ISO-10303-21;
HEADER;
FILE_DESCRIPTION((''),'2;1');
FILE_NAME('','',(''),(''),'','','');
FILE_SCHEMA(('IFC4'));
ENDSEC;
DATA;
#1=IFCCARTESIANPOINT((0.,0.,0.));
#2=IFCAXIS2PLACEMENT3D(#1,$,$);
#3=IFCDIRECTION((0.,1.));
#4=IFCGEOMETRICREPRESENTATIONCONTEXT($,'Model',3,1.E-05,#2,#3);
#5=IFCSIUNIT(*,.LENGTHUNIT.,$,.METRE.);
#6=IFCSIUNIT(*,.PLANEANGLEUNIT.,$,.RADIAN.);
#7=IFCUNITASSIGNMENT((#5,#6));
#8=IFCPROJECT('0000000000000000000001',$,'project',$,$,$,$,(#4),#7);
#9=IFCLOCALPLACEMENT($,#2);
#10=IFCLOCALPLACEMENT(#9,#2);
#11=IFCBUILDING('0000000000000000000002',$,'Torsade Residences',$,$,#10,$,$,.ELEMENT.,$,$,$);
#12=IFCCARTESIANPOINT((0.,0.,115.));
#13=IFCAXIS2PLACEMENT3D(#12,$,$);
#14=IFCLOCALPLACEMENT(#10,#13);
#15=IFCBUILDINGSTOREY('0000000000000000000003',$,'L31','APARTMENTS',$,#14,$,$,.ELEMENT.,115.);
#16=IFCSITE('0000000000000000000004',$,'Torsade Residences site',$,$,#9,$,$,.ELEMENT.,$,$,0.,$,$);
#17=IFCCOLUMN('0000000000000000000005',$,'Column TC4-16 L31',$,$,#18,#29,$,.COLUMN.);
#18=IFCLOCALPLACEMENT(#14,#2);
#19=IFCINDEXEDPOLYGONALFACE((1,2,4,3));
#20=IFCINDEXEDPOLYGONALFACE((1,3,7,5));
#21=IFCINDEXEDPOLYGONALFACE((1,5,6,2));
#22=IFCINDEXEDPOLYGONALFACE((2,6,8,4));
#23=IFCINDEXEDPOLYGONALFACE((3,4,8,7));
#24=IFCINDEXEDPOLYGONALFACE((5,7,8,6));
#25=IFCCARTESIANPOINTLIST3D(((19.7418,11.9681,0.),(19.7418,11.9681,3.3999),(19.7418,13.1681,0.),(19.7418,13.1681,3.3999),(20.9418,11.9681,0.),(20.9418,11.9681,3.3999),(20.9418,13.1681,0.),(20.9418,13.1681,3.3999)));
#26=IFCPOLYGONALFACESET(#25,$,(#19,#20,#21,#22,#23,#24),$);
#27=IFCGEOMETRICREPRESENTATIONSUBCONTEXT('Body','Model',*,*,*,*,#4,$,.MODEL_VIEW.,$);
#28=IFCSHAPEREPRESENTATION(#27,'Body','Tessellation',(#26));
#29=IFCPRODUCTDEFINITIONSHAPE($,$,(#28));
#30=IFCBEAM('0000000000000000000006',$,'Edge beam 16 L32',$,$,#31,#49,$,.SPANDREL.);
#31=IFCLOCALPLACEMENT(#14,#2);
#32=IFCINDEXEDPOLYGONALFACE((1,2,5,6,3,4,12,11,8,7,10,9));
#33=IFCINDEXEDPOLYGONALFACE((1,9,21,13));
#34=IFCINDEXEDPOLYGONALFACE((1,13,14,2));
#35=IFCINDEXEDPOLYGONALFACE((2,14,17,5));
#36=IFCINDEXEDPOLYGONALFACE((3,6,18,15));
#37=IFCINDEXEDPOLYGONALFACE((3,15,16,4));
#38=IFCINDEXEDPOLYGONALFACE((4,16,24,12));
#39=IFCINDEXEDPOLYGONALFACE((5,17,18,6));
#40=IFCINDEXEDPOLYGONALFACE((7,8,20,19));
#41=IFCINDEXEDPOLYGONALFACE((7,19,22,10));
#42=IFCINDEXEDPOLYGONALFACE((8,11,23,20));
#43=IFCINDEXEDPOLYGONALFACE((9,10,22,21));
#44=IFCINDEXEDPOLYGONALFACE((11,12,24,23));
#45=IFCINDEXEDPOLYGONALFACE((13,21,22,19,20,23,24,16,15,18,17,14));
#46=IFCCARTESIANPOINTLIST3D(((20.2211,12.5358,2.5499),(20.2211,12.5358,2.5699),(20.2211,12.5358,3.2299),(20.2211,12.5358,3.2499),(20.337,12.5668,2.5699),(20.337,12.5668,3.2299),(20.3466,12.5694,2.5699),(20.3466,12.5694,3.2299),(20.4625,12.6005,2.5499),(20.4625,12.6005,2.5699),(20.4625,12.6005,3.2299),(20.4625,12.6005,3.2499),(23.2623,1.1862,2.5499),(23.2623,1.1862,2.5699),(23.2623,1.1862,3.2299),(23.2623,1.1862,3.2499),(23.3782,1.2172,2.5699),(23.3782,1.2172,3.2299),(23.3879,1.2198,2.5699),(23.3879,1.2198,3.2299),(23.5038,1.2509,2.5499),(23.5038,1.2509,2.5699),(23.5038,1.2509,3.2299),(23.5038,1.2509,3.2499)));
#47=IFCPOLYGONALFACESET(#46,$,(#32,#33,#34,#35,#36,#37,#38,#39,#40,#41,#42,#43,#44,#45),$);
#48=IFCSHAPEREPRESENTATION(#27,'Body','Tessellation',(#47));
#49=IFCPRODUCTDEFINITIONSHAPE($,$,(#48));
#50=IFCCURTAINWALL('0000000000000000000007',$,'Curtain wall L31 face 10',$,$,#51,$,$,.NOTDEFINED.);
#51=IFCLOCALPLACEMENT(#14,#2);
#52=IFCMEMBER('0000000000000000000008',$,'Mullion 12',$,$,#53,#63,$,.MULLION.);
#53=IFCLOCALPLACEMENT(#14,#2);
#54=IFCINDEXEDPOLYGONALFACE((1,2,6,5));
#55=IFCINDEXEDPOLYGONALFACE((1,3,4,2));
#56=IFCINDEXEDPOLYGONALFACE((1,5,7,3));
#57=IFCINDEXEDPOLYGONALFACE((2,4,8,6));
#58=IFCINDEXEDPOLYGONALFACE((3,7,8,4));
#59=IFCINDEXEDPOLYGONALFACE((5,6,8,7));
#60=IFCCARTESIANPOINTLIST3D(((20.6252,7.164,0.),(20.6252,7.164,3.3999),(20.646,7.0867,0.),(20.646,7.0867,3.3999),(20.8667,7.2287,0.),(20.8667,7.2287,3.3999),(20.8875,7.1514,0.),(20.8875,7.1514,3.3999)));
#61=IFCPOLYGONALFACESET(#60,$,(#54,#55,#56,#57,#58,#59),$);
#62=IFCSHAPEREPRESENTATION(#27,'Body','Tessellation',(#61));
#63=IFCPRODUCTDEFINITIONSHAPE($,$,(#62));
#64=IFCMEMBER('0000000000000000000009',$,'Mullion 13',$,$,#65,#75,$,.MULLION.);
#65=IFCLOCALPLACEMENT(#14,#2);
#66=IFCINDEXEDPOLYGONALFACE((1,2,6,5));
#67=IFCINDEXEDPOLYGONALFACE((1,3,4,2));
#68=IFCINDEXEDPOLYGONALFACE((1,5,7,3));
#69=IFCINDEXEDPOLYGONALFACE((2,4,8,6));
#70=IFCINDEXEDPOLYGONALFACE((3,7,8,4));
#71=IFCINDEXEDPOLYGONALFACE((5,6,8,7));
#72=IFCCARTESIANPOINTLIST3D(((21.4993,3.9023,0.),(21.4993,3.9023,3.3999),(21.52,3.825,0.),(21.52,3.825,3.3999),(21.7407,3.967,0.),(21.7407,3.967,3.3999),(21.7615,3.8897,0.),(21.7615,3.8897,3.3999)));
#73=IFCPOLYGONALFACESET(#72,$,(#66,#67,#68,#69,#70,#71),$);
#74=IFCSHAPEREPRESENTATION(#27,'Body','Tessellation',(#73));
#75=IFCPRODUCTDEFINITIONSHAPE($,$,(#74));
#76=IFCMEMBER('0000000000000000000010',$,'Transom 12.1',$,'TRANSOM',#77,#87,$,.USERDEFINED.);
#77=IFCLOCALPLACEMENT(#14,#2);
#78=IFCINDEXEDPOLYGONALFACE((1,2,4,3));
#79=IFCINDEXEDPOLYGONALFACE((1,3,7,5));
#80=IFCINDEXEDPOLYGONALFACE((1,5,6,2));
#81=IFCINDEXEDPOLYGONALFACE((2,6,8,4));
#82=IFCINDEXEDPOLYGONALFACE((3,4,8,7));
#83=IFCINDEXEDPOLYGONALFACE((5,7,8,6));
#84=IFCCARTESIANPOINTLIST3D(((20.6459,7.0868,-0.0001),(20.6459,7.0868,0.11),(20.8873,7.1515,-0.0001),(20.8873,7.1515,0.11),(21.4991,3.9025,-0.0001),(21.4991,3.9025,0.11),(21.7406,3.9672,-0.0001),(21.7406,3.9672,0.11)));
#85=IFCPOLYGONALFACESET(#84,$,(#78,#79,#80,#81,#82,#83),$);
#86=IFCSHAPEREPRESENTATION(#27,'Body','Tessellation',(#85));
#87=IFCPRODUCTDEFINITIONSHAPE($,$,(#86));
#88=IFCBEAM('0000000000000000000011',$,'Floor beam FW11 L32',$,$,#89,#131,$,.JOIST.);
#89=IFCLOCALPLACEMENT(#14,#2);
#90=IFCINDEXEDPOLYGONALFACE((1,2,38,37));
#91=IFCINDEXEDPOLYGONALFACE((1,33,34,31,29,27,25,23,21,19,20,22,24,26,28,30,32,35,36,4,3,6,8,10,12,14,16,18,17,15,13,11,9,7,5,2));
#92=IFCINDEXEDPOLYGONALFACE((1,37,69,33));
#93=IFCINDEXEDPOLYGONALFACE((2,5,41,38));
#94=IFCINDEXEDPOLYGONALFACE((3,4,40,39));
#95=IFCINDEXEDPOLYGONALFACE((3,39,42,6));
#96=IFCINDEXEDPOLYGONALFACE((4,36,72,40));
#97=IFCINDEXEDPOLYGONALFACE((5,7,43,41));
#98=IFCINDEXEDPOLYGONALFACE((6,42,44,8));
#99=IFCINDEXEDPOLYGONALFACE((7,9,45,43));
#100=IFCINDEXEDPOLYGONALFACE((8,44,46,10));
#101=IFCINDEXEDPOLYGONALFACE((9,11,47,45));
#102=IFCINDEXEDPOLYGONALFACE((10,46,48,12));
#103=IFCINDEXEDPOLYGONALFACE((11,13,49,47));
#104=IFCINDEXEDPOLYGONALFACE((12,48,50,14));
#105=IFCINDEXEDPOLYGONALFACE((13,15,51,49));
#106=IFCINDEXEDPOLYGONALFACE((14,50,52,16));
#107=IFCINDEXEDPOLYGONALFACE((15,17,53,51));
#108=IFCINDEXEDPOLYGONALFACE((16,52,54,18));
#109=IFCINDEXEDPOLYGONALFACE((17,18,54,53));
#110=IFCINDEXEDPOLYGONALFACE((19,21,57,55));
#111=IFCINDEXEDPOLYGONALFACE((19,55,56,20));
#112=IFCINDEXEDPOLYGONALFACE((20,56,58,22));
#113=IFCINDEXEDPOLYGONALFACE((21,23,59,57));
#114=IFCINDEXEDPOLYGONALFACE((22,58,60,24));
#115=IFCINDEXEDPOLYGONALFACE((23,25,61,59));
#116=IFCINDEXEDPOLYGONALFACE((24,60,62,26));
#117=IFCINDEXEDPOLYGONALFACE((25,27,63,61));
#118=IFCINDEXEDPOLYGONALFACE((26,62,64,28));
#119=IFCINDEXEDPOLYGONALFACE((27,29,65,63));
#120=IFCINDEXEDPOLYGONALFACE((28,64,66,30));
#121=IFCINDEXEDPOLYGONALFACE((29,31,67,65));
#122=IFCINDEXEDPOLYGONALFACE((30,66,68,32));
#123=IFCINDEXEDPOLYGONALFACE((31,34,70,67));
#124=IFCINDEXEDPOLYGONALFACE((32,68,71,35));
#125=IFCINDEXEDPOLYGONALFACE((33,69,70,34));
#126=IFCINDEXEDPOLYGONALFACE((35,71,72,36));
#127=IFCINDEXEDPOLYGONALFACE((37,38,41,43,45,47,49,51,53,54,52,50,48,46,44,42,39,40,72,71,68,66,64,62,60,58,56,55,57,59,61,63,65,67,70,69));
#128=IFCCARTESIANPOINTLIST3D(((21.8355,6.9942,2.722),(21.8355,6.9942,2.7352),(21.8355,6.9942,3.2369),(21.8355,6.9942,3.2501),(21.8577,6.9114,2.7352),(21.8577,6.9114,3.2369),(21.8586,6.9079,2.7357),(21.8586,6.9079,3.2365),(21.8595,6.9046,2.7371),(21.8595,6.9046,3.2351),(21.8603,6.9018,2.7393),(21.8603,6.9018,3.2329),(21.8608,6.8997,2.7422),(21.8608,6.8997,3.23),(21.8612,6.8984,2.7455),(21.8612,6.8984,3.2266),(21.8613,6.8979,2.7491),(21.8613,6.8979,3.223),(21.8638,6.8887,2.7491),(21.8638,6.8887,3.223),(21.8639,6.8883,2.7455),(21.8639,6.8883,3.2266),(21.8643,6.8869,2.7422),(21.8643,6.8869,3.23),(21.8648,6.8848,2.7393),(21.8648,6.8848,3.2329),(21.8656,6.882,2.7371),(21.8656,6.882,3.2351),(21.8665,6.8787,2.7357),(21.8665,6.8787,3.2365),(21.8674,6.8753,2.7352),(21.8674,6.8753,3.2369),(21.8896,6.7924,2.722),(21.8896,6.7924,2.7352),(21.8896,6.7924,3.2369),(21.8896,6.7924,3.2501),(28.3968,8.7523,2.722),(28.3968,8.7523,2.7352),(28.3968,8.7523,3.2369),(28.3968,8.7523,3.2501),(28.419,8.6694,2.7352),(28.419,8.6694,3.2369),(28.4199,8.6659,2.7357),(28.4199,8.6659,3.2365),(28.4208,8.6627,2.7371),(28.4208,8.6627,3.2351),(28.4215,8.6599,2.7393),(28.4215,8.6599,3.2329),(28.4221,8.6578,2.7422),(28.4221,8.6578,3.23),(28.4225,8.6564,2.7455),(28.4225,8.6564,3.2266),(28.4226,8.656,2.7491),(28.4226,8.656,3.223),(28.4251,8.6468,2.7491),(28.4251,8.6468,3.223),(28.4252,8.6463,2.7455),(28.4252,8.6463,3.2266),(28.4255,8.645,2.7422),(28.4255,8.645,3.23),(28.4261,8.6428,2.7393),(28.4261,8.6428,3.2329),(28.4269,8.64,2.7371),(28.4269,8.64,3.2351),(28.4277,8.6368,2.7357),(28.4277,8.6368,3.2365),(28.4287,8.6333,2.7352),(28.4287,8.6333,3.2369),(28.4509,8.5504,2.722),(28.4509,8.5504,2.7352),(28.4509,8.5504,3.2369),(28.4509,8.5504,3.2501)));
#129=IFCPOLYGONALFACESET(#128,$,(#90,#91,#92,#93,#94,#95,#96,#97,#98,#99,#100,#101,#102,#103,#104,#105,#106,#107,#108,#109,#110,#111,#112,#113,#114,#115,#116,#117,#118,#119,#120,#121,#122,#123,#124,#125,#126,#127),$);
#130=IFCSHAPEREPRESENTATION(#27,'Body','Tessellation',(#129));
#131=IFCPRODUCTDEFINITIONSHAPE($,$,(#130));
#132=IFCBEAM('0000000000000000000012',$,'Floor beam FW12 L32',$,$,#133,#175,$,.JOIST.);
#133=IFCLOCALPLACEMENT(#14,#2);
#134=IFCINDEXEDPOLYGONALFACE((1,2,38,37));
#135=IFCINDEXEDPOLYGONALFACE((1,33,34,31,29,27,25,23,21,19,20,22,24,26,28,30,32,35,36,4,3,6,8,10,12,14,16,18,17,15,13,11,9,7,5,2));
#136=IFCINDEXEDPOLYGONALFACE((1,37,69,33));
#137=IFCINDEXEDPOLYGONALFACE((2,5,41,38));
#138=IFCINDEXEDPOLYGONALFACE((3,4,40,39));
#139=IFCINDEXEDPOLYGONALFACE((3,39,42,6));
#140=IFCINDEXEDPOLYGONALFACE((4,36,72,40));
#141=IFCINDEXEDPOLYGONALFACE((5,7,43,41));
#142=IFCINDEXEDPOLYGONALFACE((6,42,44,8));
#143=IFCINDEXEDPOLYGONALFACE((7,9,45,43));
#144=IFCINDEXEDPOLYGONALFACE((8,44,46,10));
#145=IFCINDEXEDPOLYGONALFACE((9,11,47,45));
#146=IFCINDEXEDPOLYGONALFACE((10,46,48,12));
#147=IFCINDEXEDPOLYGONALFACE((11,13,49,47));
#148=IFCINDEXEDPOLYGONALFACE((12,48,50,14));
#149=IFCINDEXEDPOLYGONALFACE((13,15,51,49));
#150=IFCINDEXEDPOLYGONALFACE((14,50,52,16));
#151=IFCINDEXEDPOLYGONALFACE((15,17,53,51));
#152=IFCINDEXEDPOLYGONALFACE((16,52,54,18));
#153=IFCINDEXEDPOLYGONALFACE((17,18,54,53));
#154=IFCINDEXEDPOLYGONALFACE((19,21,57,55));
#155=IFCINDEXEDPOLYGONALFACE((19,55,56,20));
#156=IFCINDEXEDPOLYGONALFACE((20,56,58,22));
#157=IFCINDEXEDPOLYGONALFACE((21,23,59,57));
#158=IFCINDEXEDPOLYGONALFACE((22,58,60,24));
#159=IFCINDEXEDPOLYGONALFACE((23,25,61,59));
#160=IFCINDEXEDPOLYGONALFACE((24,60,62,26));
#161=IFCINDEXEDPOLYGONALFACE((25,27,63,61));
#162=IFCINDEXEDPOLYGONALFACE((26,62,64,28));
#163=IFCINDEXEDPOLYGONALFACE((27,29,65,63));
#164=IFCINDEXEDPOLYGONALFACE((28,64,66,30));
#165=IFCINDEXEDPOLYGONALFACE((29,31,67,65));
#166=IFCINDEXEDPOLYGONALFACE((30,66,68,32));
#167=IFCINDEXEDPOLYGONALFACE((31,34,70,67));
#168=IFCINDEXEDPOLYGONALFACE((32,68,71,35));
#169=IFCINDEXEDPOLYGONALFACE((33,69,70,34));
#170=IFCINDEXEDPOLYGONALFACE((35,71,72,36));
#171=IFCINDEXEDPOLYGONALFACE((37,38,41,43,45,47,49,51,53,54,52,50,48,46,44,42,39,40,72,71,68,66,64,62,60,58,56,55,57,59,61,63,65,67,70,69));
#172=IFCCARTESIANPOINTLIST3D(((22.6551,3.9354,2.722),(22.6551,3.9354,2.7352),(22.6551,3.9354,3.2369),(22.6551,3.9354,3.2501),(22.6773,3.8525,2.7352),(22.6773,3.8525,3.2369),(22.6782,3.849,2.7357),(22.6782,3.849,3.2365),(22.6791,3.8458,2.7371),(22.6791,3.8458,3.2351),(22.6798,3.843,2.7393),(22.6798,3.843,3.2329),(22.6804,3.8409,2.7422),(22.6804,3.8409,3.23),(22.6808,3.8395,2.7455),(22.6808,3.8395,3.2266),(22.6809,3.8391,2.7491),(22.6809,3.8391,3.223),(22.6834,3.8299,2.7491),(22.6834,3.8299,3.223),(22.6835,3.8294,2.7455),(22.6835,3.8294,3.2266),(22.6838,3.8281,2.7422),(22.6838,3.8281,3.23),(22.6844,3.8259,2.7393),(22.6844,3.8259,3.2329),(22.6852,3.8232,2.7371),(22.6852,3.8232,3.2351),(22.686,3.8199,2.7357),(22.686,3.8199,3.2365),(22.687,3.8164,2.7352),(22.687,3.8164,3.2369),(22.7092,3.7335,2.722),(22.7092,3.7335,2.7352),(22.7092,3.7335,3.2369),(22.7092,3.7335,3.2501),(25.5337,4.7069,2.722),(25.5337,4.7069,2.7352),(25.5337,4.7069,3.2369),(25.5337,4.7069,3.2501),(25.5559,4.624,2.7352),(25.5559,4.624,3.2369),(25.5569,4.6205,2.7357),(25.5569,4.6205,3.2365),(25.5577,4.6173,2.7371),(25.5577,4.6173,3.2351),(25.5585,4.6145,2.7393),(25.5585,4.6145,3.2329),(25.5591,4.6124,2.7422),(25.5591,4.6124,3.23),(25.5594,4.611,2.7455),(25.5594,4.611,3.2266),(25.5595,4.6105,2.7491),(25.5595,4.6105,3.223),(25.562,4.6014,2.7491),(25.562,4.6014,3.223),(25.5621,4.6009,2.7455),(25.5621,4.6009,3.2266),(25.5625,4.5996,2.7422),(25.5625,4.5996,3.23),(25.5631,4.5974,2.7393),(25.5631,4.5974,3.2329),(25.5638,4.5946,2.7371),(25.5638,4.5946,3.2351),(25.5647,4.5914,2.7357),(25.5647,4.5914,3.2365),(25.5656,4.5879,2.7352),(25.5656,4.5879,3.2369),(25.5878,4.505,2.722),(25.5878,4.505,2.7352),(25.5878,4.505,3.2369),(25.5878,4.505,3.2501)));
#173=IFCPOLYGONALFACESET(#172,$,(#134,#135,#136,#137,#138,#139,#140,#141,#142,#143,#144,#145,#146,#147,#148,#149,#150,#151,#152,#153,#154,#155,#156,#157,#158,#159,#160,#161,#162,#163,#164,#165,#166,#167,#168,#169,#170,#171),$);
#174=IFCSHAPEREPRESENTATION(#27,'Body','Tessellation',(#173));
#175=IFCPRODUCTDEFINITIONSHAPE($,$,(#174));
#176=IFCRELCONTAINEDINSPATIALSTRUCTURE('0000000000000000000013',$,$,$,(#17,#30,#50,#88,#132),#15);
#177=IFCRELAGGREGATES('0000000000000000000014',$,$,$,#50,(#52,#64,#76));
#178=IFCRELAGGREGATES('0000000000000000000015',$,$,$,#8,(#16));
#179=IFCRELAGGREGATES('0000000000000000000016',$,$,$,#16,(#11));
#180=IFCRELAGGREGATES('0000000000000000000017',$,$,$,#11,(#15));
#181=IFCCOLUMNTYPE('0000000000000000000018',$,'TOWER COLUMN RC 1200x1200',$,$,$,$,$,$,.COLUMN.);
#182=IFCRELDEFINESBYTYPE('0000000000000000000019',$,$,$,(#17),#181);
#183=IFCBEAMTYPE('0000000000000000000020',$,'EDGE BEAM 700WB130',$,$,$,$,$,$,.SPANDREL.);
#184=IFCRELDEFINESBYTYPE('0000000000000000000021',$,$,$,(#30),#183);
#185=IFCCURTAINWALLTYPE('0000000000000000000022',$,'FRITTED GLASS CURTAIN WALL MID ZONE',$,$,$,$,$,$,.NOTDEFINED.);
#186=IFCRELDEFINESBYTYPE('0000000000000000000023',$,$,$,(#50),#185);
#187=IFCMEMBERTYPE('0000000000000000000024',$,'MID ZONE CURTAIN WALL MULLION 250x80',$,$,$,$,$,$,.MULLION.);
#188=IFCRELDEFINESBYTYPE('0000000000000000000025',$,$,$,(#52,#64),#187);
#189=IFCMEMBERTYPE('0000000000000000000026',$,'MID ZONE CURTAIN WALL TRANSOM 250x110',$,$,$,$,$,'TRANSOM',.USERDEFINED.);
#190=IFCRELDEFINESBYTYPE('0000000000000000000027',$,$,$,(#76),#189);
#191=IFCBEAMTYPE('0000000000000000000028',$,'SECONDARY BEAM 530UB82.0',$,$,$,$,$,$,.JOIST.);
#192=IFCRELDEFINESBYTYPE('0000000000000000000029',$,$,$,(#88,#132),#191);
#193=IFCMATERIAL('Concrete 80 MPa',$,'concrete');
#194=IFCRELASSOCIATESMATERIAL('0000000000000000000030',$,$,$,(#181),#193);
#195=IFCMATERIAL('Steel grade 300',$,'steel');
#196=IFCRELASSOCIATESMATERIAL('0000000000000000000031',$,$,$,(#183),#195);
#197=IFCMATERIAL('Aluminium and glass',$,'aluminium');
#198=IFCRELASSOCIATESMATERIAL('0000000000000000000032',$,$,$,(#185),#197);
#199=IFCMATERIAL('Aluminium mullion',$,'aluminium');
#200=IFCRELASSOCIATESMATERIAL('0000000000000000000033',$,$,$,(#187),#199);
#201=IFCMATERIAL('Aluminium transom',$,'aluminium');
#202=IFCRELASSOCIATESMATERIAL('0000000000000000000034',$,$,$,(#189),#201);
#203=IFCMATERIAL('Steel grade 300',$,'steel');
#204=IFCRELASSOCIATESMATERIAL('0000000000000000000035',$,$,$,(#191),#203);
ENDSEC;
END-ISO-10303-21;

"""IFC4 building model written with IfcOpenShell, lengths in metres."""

from ifc_helpers import new_model, si_unit, direction, frame, origin, origin_2d, place, context, subcontext, project, spatial, rectangle, i_section, extrude, material, material_profile, profile_set, type_object, element, aggregate, save


model = new_model("IFC4")

# Units and contexts
model_context = context("Model", 3, precision=1e-05, world=origin(), true_north=direction((0.0, 1.0)))
body_context = subcontext(model_context, "Body", "Model", "MODEL_VIEW")
ifc_project = project(units=[si_unit("LENGTHUNIT", "METRE"), si_unit("PLANEANGLEUNIT", "RADIAN")], contexts=[model_context])

# Site, building, storey
site_placement = place(None, origin())
site = spatial("IfcSite", under=ifc_project, at=site_placement, Name="Torsade Residences site", CompositionType="ELEMENT", RefElevation=0.0)
building_placement = place(site_placement, origin())
building = spatial("IfcBuilding", under=site, at=building_placement, Name="Torsade Residences", CompositionType="ELEMENT")
storey_placement = place(building_placement, frame((0.0, 0.0, 115.0)))
storey = spatial("IfcBuildingStorey", under=building, at=storey_placement, Name="L31", Description="APARTMENTS", CompositionType="ELEMENT", Elevation=115.0)

# Column
ifc_material_1 = material(Name="Concrete 80 MPa", Category="concrete")
ifc_material_profile_1 = material_profile(ifc_material_1, rectangle(XDim=1.2, YDim=1.2, at=origin_2d()), Name="RC 1200x1200")
ifc_profile_set_1 = profile_set([ifc_material_profile_1], Name="Concrete 80 MPa")
column_type = type_object("IfcColumnType", Name="TOWER COLUMN RC 1200x1200", PredefinedType="COLUMN", material=ifc_profile_set_1)
column_placement = place(storey_placement, frame((20.3418, 12.5681, 0.0), z_axis=(0.0, 0.0, 1.0), x_axis=(1.0, 0.0, 0.0)))
element("IfcColumn", 1, at=column_placement, inside=storey, type_object=column_type, Name="Column TC4-16 L31", PredefinedType="COLUMN", context=body_context, shape_type="SweptSolid", body=[
    extrude(rectangle(XDim=1.2, YDim=1.2, at=origin_2d()), origin(), (0.0, 0.0, 1.0), 3.3999),
])

# Beam
ifc_material_2 = material(Name="Steel grade 300", Category="steel")
ifc_material_profile_2 = material_profile(ifc_material_2, i_section(OverallWidth=0.25, OverallDepth=0.7, WebThickness=0.01, FlangeThickness=0.02, at=origin_2d()), Name="700WB130")
ifc_profile_set_2 = profile_set([ifc_material_profile_2], Name="Steel grade 300")
beam_type_1 = type_object("IfcBeamType", Name="EDGE BEAM 700WB130", PredefinedType="SPANDREL", material=ifc_profile_set_2)
beam_1_placement = place(storey_placement, frame((20.3418, 12.5681, 2.8999), z_axis=(0.25883, -0.965923, 0.0), x_axis=(0.965923, 0.25883, 0.0)))
element("IfcBeam", 2, at=beam_1_placement, inside=storey, type_object=beam_type_1, Name="Edge beam 16 L32", PredefinedType="SPANDREL", context=body_context, shape_type="SweptSolid", body=[
    extrude(i_section(OverallWidth=0.25, OverallDepth=0.7, WebThickness=0.01, FlangeThickness=0.02, at=origin_2d()), origin(), (0.0, 0.0, 1.0), 11.75),
])

# Curtain wall, members
ifc_material_3 = material(Name="Aluminium and glass", Category="aluminium")
curtain_wall_type = type_object("IfcCurtainWallType", Name="FRITTED GLASS CURTAIN WALL MID ZONE", PredefinedType="NOTDEFINED", material=ifc_material_3)
curtain_wall_placement = place(storey_placement, origin())
curtain_wall = element("IfcCurtainWall", 3, at=curtain_wall_placement, inside=storey, type_object=curtain_wall_type, Name="Curtain wall L31 face 10", PredefinedType="NOTDEFINED")
ifc_material_4 = material(Name="Aluminium mullion", Category="aluminium")
ifc_material_profile_3 = material_profile(ifc_material_4, rectangle(XDim=0.25, YDim=0.0801, at=origin_2d()), Name="MID ZONE CURTAIN WALL MULLION 250x80")
ifc_profile_set_3 = profile_set([ifc_material_profile_3], Name="Aluminium mullion")
member_type_1 = type_object("IfcMemberType", Name="MID ZONE CURTAIN WALL MULLION 250x80", PredefinedType="MULLION", material=ifc_profile_set_3)
member_1_placement = place(storey_placement, frame((20.7563, 7.1577, 0.0), z_axis=(0.0, 0.0, 1.0), x_axis=(0.965926, 0.258819, 0.0)))
member_1 = element("IfcMember", 4, at=member_1_placement, type_object=member_type_1, Name="Mullion 12", PredefinedType="MULLION", context=body_context, shape_type="SweptSolid", body=[
    extrude(rectangle(XDim=0.25, YDim=0.0801, at=origin_2d()), origin(), (0.0, 0.0, 1.0), 3.3999),
])
member_2_placement = place(storey_placement, frame((21.6304, 3.896, 0.0), z_axis=(0.0, 0.0, 1.0), x_axis=(0.965926, 0.258819, 0.0)))
member_2 = element("IfcMember", 5, at=member_2_placement, type_object=member_type_1, Name="Mullion 13", PredefinedType="MULLION", context=body_context, shape_type="SweptSolid", body=[
    extrude(rectangle(XDim=0.25, YDim=0.0801, at=origin_2d()), origin(), (0.0, 0.0, 1.0), 3.3999),
])
ifc_material_5 = material(Name="Aluminium transom", Category="aluminium")
ifc_material_profile_4 = material_profile(ifc_material_5, rectangle(XDim=0.25, YDim=0.1101, at=origin_2d()), Name="MID ZONE CURTAIN WALL TRANSOM 250x110")
ifc_profile_set_4 = profile_set([ifc_material_profile_4], Name="Aluminium transom")
member_type_2 = type_object("IfcMemberType", Name="MID ZONE CURTAIN WALL TRANSOM 250x110", ElementType="TRANSOM", PredefinedType="USERDEFINED", material=ifc_profile_set_4)
member_3_placement = place(storey_placement, frame((20.7666, 7.1191, 0.0549), z_axis=(0.258829, -0.965923, 0.0), x_axis=(0.965923, 0.258829, 0.0)))
member_3 = element("IfcMember", 6, at=member_3_placement, type_object=member_type_2, Name="Transom 12.1", ObjectType="TRANSOM", PredefinedType="USERDEFINED", context=body_context, shape_type="SweptSolid", body=[
    extrude(rectangle(XDim=0.25, YDim=0.1101, at=origin_2d()), origin(), (0.0, 0.0, 1.0), 3.2966),
])

# Beams
ifc_material_6 = material(Name="Steel grade 300", Category="steel")
ifc_material_profile_5 = material_profile(ifc_material_6, i_section(OverallWidth=0.209, OverallDepth=0.5281, WebThickness=0.0095, FlangeThickness=0.0132, FilletRadius=0.0139, at=origin_2d()), Name="530UB82.0")
ifc_profile_set_5 = profile_set([ifc_material_profile_5], Name="Steel grade 300")
beam_type_2 = type_object("IfcBeamType", Name="SECONDARY BEAM 530UB82.0", PredefinedType="JOIST", material=ifc_profile_set_5)
beam_2_placement = place(storey_placement, frame((21.8625, 6.8933, 2.9861), z_axis=(0.965927, 0.258815, 0.0), x_axis=(-0.258815, 0.965927, 0.0)))
element("IfcBeam", 7, at=beam_2_placement, inside=storey, type_object=beam_type_2, Name="Floor beam FW11 L32", PredefinedType="JOIST", context=body_context, shape_type="SweptSolid", body=[
    extrude(i_section(OverallWidth=0.209, OverallDepth=0.5281, WebThickness=0.0095, FlangeThickness=0.0132, FilletRadius=0.0139, at=origin_2d()), origin(), (0.0, 0.0, 1.0), 6.7927),
])
beam_3_placement = place(storey_placement, frame((22.6821, 3.8345, 2.9861), z_axis=(0.965913, 0.258866, 0.0), x_axis=(-0.258866, 0.965913, 0.0)))
element("IfcBeam", 8, at=beam_3_placement, inside=storey, type_object=beam_type_2, Name="Floor beam FW12 L32", PredefinedType="JOIST", context=body_context, shape_type="SweptSolid", body=[
    extrude(i_section(OverallWidth=0.209, OverallDepth=0.5281, WebThickness=0.0095, FlangeThickness=0.0132, FilletRadius=0.0139, at=origin_2d()), origin(), (0.0, 0.0, 1.0), 2.9802),
])

aggregate(curtain_wall, [member_1, member_2, member_3])

save(model, "model.ifc")
